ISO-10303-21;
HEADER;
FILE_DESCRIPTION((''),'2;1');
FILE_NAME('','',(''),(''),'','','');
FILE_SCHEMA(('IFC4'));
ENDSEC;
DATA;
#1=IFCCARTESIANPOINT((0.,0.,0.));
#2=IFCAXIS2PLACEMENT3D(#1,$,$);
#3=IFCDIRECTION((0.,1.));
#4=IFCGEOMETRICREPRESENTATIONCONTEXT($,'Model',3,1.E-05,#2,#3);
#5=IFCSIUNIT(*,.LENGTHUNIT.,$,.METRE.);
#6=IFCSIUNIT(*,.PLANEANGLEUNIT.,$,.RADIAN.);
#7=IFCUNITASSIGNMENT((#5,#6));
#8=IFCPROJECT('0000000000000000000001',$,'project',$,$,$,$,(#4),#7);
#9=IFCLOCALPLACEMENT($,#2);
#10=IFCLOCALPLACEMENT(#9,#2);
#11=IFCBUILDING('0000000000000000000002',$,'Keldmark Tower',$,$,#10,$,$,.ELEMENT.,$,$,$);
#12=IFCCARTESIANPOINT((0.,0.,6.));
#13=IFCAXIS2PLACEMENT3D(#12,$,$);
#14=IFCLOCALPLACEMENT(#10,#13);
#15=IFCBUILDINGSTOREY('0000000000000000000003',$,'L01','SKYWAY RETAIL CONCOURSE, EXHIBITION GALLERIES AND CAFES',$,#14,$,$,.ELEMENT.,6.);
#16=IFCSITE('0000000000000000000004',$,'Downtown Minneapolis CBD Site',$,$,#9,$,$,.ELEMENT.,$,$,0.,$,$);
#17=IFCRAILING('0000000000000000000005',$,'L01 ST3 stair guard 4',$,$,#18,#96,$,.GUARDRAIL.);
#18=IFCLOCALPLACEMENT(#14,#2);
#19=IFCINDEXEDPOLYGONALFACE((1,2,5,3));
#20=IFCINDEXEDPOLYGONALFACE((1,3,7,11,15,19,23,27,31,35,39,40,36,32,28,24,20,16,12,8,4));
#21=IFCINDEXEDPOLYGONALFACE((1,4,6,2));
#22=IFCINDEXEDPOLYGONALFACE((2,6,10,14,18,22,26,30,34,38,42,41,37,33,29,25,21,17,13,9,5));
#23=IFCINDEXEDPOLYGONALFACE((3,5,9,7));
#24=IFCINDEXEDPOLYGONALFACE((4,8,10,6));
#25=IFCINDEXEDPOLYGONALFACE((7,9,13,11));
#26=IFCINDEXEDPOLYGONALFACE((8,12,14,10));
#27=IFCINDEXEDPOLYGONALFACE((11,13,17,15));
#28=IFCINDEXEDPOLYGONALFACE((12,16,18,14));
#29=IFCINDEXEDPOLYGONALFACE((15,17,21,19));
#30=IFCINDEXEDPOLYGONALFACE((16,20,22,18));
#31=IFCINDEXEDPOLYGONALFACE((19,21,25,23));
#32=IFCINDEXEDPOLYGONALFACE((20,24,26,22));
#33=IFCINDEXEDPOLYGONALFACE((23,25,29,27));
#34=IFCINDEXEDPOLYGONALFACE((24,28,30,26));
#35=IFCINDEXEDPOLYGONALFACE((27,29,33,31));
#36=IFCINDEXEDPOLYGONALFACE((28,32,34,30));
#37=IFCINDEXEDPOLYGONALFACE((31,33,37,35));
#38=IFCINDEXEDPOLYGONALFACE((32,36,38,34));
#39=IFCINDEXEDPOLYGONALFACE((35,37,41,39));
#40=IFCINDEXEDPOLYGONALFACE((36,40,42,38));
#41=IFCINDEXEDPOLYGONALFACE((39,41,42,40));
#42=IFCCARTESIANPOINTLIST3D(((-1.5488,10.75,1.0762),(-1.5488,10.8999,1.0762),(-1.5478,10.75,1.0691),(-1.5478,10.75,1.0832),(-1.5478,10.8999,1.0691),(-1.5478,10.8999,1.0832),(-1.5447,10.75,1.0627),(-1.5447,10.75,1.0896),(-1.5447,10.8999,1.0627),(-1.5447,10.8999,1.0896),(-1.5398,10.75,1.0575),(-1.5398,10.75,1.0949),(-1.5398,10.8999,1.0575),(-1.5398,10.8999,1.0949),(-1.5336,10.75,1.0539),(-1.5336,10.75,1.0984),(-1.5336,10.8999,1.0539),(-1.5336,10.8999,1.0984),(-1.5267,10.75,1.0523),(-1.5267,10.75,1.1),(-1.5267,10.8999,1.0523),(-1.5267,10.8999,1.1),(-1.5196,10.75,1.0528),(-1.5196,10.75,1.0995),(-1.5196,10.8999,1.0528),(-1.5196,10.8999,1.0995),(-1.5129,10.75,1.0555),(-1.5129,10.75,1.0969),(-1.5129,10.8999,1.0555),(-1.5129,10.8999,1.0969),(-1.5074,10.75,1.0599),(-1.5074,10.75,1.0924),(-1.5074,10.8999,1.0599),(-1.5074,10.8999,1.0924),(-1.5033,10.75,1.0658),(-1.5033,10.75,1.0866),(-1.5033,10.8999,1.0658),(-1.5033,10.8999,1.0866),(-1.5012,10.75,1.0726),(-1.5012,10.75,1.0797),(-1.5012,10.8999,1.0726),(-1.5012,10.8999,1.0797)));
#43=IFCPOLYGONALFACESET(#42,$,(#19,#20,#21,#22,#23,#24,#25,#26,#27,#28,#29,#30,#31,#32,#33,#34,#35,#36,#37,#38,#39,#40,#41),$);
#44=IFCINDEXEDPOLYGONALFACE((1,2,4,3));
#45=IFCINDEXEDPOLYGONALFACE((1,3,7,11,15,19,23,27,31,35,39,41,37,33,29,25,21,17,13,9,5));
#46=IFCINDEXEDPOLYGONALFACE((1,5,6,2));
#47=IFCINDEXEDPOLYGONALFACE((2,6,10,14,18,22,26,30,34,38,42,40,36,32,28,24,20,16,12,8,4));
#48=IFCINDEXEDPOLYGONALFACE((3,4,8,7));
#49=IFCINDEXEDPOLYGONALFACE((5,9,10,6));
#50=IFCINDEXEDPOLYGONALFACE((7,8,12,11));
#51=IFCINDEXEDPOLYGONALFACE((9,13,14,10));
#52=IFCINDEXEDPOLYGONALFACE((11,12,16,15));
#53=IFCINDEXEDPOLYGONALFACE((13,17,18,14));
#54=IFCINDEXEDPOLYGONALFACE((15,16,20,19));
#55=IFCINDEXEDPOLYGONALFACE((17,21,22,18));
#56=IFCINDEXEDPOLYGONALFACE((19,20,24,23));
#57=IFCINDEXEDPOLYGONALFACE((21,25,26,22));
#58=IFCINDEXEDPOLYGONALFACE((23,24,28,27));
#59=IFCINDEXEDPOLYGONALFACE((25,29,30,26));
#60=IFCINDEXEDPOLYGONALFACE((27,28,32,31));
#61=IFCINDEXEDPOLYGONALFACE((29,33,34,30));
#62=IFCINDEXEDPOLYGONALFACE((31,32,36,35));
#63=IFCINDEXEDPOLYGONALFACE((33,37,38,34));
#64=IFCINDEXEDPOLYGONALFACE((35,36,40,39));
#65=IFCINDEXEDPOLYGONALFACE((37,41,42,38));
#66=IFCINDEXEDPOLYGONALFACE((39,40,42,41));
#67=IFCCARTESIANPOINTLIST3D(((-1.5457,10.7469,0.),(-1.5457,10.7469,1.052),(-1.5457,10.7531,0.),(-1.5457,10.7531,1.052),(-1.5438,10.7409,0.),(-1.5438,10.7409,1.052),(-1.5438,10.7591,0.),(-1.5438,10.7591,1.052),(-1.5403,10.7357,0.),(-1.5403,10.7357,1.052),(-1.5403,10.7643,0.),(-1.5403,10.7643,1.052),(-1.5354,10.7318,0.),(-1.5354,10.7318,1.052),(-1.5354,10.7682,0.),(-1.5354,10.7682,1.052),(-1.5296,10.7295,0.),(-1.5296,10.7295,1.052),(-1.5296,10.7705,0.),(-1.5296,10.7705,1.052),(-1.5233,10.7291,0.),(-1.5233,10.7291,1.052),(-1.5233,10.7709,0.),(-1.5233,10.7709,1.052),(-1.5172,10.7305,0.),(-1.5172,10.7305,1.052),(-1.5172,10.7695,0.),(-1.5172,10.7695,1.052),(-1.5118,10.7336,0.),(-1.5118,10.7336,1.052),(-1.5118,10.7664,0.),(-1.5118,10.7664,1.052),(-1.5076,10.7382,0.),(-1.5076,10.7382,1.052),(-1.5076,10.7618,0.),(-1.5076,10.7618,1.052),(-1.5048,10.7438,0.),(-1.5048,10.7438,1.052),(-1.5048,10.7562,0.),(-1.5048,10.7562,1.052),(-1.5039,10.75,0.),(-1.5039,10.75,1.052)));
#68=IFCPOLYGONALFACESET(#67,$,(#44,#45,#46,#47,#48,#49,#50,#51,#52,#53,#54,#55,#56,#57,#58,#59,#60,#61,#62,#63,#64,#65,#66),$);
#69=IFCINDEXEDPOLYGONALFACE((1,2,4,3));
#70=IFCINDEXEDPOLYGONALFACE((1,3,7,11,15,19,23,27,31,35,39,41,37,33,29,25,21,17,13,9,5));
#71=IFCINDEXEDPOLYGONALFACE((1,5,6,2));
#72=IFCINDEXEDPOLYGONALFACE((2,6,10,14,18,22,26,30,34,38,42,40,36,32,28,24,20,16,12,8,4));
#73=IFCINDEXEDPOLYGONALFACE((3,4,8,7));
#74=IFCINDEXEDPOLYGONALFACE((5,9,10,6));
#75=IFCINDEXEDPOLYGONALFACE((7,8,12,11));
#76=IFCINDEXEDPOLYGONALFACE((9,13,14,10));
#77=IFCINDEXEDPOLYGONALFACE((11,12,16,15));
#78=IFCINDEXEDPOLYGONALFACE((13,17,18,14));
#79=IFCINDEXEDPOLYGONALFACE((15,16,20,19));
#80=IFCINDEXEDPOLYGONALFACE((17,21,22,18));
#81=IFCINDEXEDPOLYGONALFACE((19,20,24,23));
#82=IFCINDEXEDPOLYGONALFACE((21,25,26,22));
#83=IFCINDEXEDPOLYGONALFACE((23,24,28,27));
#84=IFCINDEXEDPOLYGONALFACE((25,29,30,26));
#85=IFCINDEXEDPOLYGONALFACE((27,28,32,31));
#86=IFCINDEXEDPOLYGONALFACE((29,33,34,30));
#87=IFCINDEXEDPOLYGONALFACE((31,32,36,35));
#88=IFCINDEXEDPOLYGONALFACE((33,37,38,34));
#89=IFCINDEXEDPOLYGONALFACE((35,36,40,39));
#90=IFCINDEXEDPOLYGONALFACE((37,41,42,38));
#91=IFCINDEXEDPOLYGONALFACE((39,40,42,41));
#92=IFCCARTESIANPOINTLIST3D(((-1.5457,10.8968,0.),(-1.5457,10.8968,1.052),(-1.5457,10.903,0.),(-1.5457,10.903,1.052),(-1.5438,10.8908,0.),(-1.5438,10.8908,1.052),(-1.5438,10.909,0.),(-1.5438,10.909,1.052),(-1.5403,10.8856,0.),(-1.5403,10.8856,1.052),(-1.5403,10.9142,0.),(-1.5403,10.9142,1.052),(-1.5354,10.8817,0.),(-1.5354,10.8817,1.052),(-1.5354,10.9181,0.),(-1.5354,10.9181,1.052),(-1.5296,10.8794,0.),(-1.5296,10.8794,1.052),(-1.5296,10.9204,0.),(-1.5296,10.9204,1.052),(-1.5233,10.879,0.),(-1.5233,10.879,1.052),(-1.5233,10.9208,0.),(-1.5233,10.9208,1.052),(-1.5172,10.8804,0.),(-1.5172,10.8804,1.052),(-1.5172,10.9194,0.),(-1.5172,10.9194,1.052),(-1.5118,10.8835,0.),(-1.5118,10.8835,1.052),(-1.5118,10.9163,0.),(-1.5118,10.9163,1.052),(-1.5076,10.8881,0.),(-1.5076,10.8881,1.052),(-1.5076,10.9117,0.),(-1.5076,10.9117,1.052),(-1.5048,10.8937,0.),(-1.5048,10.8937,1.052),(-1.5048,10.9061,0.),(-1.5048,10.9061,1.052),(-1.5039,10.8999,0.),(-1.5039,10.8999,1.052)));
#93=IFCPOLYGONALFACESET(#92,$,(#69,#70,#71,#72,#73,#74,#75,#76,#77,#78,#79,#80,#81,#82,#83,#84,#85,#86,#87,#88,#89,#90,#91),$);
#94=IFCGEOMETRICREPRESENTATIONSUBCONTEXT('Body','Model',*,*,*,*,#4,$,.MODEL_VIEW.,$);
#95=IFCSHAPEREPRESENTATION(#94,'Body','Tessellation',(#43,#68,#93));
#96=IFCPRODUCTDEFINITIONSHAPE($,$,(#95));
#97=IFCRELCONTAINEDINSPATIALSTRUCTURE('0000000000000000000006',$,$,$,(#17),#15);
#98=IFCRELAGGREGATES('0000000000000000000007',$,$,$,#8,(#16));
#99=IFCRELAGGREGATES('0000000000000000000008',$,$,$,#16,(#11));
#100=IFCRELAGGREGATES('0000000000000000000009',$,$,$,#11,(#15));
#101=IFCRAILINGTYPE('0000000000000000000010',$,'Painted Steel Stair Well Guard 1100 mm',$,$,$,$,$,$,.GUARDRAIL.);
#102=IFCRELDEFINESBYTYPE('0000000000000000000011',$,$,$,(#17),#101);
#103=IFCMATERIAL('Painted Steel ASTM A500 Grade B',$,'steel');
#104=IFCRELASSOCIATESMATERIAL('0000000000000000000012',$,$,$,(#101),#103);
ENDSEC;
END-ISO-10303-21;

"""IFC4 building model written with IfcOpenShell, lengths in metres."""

from ifc_helpers import new_model, si_unit, direction, frame, origin, origin_2d, place, context, subcontext, project, spatial, circle, extrude, material, type_object, element, save


model = new_model("IFC4")

# Units and contexts
model_context = context("Model", 3, precision=1e-05, world=origin(), true_north=direction((0.0, 1.0)))
body_context = subcontext(model_context, "Body", "Model", "MODEL_VIEW")
ifc_project = project(units=[si_unit("LENGTHUNIT", "METRE"), si_unit("PLANEANGLEUNIT", "RADIAN")], contexts=[model_context])

# Site, building, storey
site_placement = place(None, origin())
site = spatial("IfcSite", under=ifc_project, at=site_placement, Name="Downtown Minneapolis CBD Site", CompositionType="ELEMENT", RefElevation=0.0)
building_placement = place(site_placement, origin())
building = spatial("IfcBuilding", under=site, at=building_placement, Name="Keldmark Tower", CompositionType="ELEMENT")
storey_placement = place(building_placement, frame((0.0, 0.0, 6.0)))
storey = spatial("IfcBuildingStorey", under=building, at=storey_placement, Name="L01", Description="SKYWAY RETAIL CONCOURSE, EXHIBITION GALLERIES AND CAFES", CompositionType="ELEMENT", Elevation=6.0)

# Railing
ifc_material_1 = material(Name="Painted Steel ASTM A500 Grade B", Category="steel")
railing_type_1 = type_object("IfcRailingType", Name="Painted Steel Stair Well Guard 1100 mm", PredefinedType="GUARDRAIL", material=ifc_material_1)
railing_1_placement = place(storey_placement, frame((-1.5249, 10.75, 0.0)))
element("IfcRailing", 1, at=railing_1_placement, inside=storey, type_object=railing_type_1, Name="L01 ST3 stair guard 4", PredefinedType="GUARDRAIL", context=body_context, shape_type="SweptSolid", body=[
    extrude(circle(Radius=0.0239, at=origin_2d()), frame((0.0, 0.0, 1.0762), z_axis=(0.0, 1.0, 0.0), x_axis=(-1.0, 0.0, 0.0)), (0.0, 0.0, 1.0), 0.1499),
    extrude(circle(Radius=0.021, at=origin_2d()), origin(), (0.0, 0.0, 1.0), 1.052),
    extrude(circle(Radius=0.021, at=origin_2d()), frame((0.0, 0.1499, 0.0)), (0.0, 0.0, 1.0), 1.052),
])

save(model, "model.ifc")
